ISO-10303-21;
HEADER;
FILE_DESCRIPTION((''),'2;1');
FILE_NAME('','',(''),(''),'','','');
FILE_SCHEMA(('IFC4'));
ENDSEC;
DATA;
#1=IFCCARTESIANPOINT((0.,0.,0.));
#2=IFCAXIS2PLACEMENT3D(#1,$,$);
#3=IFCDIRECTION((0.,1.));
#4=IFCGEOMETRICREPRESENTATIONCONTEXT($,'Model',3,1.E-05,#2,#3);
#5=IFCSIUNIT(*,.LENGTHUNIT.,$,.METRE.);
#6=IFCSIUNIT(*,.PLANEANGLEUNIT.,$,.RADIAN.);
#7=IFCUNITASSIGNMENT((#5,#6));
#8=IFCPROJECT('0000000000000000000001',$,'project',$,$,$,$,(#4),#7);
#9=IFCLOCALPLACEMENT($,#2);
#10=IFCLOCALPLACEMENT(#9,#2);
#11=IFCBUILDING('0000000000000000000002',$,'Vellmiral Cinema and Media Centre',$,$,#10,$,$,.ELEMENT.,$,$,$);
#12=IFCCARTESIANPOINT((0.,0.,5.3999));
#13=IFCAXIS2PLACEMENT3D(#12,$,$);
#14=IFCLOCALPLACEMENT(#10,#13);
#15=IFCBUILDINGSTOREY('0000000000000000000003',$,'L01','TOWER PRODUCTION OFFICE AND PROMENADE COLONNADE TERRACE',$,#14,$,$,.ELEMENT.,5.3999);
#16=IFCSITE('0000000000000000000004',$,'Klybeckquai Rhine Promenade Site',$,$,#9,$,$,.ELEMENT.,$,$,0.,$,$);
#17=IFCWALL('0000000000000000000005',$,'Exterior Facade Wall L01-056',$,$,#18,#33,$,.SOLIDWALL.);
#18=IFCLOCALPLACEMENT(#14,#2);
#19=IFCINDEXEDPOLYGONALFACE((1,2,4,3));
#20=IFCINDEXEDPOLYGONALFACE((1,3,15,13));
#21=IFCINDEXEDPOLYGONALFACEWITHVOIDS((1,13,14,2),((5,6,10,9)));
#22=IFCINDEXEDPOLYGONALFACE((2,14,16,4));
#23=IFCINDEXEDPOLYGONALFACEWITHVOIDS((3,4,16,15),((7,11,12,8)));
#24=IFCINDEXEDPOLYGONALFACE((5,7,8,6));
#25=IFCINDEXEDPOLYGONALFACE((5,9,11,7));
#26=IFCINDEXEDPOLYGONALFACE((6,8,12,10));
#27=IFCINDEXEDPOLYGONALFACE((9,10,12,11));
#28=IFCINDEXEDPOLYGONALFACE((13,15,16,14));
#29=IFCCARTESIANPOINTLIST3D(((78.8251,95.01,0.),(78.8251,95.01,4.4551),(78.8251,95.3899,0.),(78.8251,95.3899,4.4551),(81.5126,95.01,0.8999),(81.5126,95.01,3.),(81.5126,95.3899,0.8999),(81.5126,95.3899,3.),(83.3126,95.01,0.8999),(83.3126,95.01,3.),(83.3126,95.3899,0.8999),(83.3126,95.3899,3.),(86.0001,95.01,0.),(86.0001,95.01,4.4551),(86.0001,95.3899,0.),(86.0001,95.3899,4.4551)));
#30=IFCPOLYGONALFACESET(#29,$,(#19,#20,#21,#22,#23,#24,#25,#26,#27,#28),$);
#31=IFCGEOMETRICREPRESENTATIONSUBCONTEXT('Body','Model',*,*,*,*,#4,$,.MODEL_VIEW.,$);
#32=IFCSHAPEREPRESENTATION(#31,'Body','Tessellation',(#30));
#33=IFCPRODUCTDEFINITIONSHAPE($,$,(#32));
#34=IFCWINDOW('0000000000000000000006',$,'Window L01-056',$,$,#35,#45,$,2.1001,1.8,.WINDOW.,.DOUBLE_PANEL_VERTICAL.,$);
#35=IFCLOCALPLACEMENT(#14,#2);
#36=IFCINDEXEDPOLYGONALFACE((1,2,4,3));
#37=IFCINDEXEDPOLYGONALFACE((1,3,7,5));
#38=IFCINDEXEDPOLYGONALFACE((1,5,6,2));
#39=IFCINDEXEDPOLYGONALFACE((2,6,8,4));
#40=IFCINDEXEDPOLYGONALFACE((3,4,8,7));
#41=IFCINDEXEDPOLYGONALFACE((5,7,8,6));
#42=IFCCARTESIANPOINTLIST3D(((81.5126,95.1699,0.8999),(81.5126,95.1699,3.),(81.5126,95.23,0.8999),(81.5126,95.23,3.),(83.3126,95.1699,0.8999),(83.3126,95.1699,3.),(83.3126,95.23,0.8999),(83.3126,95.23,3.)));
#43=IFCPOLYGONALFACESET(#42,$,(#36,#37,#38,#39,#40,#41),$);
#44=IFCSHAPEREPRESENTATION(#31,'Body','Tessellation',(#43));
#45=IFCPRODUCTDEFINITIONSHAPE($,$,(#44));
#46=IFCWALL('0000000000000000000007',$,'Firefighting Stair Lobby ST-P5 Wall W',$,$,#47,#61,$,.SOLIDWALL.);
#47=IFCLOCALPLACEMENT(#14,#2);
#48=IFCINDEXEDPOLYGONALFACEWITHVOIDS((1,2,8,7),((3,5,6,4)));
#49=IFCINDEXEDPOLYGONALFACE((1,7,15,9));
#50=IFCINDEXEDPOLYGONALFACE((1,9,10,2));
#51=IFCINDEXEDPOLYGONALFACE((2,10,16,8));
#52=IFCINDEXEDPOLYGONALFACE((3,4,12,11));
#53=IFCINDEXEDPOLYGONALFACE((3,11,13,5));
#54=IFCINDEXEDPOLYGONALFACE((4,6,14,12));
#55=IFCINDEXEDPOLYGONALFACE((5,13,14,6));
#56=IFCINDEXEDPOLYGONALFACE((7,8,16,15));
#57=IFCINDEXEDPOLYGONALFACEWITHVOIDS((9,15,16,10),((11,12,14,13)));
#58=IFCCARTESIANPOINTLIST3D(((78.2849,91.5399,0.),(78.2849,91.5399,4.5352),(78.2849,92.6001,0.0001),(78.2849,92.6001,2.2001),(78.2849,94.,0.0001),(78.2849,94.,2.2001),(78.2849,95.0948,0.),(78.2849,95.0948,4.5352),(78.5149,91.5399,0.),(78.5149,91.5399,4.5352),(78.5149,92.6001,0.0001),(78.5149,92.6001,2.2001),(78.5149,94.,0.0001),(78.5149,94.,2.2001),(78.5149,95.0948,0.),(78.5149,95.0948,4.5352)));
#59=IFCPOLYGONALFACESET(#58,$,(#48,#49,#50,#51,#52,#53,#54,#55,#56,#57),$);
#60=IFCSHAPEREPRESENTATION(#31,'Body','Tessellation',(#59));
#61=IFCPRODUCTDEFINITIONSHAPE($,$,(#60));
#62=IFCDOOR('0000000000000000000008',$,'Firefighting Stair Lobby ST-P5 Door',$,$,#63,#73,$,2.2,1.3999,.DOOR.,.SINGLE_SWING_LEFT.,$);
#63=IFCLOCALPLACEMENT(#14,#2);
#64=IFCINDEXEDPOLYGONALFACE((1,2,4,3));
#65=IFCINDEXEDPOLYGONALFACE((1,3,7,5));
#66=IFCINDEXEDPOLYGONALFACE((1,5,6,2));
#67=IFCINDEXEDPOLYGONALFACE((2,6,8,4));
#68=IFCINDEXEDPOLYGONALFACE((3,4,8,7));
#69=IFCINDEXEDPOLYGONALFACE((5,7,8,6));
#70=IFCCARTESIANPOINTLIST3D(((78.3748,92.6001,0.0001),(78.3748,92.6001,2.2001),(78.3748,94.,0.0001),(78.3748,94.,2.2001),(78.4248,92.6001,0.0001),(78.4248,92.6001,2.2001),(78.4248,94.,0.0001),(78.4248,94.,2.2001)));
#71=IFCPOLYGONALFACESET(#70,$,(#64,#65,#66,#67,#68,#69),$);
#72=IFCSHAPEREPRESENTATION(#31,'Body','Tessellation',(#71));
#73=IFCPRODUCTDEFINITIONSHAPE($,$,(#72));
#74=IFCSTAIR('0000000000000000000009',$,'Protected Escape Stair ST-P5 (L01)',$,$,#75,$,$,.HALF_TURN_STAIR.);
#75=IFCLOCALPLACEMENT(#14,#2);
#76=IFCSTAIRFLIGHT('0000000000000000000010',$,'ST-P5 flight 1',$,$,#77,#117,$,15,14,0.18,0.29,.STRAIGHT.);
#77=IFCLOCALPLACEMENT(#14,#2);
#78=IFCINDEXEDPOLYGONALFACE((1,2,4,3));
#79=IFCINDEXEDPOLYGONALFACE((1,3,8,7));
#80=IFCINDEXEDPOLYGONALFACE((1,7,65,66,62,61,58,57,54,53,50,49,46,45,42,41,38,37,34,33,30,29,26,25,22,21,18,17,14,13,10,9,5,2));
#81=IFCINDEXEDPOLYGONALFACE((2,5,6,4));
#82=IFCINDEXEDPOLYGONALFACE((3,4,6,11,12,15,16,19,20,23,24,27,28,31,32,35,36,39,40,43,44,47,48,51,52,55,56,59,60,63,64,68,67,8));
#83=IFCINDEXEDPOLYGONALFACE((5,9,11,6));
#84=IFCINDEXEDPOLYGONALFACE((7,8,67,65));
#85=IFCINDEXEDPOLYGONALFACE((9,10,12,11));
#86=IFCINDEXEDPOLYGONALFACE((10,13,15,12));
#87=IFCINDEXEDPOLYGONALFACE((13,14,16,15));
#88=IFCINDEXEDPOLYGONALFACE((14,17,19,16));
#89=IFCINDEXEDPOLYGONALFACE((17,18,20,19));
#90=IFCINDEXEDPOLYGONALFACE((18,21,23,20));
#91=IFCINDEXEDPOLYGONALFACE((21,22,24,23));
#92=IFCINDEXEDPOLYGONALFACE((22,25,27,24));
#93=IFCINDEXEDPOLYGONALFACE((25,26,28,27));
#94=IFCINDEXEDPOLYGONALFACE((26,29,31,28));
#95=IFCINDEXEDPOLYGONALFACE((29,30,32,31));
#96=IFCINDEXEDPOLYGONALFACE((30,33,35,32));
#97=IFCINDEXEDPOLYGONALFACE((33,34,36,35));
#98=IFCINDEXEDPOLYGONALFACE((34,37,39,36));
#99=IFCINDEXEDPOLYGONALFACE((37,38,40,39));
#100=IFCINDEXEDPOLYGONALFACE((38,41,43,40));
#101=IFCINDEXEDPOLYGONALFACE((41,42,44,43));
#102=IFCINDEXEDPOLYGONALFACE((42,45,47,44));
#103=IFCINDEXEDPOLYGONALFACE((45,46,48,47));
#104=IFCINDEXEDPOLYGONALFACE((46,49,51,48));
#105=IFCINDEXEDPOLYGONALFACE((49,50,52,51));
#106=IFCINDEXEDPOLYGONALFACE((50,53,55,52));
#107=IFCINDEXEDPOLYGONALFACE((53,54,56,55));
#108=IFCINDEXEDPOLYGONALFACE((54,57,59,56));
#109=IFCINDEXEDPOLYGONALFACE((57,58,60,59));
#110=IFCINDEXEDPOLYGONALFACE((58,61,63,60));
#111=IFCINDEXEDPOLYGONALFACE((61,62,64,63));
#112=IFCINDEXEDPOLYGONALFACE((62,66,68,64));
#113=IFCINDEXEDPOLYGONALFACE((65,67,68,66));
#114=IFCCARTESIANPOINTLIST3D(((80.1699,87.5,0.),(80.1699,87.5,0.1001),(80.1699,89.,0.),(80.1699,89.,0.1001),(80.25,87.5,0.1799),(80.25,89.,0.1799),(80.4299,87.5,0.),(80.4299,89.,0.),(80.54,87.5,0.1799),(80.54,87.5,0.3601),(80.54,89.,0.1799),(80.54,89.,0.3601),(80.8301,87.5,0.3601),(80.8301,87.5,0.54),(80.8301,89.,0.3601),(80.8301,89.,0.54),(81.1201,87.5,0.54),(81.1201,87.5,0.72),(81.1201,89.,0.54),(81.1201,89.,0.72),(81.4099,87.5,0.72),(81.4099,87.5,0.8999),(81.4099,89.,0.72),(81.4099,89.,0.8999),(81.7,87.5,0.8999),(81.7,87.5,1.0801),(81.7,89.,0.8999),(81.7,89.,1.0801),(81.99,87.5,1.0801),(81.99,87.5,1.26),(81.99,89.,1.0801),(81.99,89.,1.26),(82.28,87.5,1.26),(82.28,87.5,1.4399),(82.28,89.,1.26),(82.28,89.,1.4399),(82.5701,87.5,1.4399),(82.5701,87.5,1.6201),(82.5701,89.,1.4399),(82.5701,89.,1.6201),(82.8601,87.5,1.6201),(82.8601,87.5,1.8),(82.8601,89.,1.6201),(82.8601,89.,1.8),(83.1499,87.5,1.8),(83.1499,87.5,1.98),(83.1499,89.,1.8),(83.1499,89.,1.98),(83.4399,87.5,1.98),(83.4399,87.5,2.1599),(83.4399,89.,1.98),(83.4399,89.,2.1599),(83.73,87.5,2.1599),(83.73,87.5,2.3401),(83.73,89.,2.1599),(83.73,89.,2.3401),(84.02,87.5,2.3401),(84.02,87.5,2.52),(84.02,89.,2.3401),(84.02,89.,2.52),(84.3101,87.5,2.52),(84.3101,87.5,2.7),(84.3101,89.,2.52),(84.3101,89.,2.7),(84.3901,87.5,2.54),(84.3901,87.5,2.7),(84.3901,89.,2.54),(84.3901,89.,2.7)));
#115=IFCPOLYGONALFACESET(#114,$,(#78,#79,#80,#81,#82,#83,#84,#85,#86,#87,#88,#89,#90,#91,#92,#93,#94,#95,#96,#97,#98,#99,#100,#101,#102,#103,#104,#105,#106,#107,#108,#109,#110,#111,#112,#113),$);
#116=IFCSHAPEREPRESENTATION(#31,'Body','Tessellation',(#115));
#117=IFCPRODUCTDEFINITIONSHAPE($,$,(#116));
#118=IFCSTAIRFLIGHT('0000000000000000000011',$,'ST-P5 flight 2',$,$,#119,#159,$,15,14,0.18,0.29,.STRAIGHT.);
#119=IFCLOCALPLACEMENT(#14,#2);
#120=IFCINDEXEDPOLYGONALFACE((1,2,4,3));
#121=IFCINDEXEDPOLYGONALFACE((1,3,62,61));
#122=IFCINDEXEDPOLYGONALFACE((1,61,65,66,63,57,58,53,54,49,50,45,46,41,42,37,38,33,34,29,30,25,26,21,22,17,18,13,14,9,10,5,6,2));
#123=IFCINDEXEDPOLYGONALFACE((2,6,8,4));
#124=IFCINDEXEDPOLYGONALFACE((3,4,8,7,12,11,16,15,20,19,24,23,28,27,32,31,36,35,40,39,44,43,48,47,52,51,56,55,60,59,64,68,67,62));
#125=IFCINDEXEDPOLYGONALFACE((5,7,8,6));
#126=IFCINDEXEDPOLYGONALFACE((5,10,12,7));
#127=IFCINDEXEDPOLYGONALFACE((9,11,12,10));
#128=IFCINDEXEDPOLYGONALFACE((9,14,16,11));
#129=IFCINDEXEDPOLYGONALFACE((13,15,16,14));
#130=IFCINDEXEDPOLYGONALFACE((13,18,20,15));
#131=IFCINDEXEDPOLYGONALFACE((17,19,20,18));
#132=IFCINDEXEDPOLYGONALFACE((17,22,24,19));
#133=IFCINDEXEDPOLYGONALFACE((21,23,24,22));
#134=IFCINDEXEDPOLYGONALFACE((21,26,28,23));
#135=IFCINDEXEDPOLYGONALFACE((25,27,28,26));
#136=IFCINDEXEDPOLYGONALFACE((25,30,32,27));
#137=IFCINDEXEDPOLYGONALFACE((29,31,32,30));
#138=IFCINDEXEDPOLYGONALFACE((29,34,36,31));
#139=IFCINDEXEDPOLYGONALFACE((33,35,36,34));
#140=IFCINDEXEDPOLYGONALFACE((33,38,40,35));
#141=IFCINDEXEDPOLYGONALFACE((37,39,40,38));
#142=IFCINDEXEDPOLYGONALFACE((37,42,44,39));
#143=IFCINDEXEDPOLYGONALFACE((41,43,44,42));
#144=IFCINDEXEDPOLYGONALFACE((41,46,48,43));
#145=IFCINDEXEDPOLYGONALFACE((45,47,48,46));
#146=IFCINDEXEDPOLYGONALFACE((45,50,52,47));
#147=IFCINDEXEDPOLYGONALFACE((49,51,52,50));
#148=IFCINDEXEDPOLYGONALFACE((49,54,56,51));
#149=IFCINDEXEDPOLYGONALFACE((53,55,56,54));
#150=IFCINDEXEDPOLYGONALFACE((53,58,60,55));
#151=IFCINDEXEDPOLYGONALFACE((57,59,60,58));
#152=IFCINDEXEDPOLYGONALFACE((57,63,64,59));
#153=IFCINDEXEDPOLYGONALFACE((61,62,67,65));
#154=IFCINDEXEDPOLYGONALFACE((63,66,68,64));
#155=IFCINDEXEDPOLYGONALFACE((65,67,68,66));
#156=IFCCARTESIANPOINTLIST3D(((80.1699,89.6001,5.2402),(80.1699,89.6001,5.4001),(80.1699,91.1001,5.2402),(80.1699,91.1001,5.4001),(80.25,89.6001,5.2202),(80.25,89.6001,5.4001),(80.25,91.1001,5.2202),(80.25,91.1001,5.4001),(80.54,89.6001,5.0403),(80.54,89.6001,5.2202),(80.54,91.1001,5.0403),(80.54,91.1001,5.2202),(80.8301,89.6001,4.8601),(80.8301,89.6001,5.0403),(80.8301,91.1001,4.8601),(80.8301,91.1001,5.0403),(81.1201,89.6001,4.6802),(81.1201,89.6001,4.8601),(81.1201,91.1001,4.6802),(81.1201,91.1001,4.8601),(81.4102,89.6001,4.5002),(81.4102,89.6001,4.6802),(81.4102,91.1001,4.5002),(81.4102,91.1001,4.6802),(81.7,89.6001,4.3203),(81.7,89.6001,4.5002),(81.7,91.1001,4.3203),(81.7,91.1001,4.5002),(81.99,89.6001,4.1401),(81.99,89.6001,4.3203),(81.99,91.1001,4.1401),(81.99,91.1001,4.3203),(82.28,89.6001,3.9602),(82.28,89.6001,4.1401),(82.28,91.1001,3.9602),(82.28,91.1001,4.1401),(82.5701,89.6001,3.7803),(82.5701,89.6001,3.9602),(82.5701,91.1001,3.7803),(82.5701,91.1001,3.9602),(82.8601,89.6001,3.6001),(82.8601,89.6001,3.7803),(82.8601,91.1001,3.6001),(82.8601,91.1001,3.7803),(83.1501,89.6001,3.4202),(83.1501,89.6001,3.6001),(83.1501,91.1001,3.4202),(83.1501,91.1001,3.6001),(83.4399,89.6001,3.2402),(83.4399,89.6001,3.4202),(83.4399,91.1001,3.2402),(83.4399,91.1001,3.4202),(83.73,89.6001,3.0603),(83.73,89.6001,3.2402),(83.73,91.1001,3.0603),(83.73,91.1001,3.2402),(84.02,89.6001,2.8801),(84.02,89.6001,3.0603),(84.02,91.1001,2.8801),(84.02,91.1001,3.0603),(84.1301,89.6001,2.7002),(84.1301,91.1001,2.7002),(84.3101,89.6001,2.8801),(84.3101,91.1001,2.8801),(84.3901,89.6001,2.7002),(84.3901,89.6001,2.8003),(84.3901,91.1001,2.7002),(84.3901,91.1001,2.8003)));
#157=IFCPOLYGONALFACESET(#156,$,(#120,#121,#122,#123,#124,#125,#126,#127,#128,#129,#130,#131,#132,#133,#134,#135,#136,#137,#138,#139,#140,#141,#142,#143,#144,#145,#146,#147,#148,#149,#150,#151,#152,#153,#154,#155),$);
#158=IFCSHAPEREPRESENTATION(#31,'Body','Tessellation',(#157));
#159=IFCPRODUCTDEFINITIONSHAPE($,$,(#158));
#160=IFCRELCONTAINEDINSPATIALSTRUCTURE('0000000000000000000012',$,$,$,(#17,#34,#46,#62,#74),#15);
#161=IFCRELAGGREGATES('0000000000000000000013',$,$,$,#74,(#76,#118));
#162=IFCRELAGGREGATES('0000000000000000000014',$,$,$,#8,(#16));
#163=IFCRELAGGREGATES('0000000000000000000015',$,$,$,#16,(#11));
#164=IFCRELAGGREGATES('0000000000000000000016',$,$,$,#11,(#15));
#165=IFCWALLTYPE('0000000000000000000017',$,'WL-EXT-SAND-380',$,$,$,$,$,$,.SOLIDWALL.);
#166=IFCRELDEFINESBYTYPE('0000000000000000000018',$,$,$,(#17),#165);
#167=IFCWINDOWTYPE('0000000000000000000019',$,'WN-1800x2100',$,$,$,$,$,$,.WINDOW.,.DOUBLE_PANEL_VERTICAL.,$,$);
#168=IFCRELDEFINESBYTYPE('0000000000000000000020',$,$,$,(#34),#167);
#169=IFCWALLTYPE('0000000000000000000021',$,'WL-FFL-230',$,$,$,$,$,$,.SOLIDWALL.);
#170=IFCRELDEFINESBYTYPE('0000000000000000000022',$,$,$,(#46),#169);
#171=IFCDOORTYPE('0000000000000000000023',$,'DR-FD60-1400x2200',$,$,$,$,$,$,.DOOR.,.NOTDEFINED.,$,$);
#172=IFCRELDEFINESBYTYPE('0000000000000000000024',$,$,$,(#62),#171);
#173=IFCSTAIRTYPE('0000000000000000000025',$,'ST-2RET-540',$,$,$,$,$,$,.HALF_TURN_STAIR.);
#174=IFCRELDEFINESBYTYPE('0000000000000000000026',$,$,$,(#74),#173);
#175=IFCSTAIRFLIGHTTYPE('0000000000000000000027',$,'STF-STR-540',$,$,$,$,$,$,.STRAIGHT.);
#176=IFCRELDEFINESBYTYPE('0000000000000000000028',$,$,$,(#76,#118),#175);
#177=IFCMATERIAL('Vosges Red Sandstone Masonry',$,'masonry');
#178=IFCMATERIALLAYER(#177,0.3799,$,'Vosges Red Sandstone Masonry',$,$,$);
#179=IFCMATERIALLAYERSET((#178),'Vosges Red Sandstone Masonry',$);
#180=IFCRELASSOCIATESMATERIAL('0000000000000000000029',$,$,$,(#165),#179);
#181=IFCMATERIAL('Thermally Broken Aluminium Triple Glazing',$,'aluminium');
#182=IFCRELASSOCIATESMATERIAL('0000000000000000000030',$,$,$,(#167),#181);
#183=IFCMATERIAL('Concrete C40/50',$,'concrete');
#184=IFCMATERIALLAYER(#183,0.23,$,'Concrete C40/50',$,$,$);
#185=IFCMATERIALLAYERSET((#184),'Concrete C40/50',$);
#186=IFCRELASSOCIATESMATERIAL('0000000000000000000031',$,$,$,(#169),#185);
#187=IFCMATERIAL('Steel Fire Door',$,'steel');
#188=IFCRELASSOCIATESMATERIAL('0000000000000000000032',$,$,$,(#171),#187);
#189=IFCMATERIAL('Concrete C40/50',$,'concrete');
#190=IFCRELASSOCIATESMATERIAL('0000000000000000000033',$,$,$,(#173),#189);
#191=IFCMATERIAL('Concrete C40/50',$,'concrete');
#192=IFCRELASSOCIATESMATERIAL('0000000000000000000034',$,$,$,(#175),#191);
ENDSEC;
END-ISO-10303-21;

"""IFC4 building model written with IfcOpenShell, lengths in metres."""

from ifc_helpers import new_model, si_unit, direction, frame, frame_2d, origin, place, context, subcontext, project, spatial, polyline, rectangle, outline, extrude, material, layer, layer_set, type_object, element, fill, aggregate, save


model = new_model("IFC4")

# Units and contexts
model_context = context("Model", 3, precision=1e-05, world=origin(), true_north=direction((0.0, 1.0)))
body_context = subcontext(model_context, "Body", "Model", "MODEL_VIEW")
ifc_project = project(units=[si_unit("LENGTHUNIT", "METRE"), si_unit("PLANEANGLEUNIT", "RADIAN")], contexts=[model_context])

# Site, building, storey
site_placement = place(None, origin())
site = spatial("IfcSite", under=ifc_project, at=site_placement, Name="Klybeckquai Rhine Promenade Site", CompositionType="ELEMENT", RefElevation=0.0)
building_placement = place(site_placement, origin())
building = spatial("IfcBuilding", under=site, at=building_placement, Name="Vellmiral Cinema and Media Centre", CompositionType="ELEMENT")
storey_placement = place(building_placement, frame((0.0, 0.0, 5.3999)))
storey = spatial("IfcBuildingStorey", under=building, at=storey_placement, Name="L01", Description="TOWER PRODUCTION OFFICE AND PROMENADE COLONNADE TERRACE", CompositionType="ELEMENT", Elevation=5.3999)

# Wall, opening, window
ifc_material_1 = material(Name="Vosges Red Sandstone Masonry", Category="masonry")
ifc_layer_1 = layer(ifc_material_1, 0.3799, Name="Vosges Red Sandstone Masonry")
ifc_layer_set_1 = layer_set([ifc_layer_1], Name="Vosges Red Sandstone Masonry")
wall_type_1 = type_object("IfcWallType", Name="WL-EXT-SAND-380", PredefinedType="SOLIDWALL", material=ifc_layer_set_1)
wall_1_placement = place(storey_placement, frame((86.0, 95.2, 0.0), z_axis=(0.0, 0.0, 1.0), x_axis=(-1.0, 0.0, 0.0)))
wall_1 = element("IfcWall", 1, at=wall_1_placement, inside=storey, type_object=wall_type_1, Name="Exterior Facade Wall L01-056", PredefinedType="SOLIDWALL", context=body_context, shape_type="SweptSolid", body=[
    extrude(rectangle(XDim=7.175, YDim=0.3799, at=frame_2d((3.5874, 0.0))), origin(), (0.0, 0.0, 1.0), 4.4551),
])
opening_1_placement = place(wall_1_placement, frame((2.6875, 0.0, 0.8999)))
opening_1 = element("IfcOpeningElement", 2, at=opening_1_placement, cuts=wall_1, PredefinedType="OPENING", context=body_context, shape_type="SweptSolid", body=[
    extrude(rectangle(XDim=1.8, YDim=2.1001, at=frame_2d((0.8999, 1.05))), frame((0.0, 0.2019, 0.0), z_axis=(0.0, -1.0, 0.0), x_axis=(1.0, 0.0, 0.0)), (0.0, 0.0, 1.0), 0.4038),
])
ifc_material_2 = material(Name="Thermally Broken Aluminium Triple Glazing", Category="aluminium")
window_type = type_object("IfcWindowType", Name="WN-1800x2100", PartitioningType="DOUBLE_PANEL_VERTICAL", PredefinedType="WINDOW", material=ifc_material_2)
window_placement = place(opening_1_placement, origin())
window = element("IfcWindow", 3, at=window_placement, inside=storey, type_object=window_type, Name="Window L01-056", OverallHeight=2.1001, OverallWidth=1.8, PartitioningType="DOUBLE_PANEL_VERTICAL", PredefinedType="WINDOW", context=body_context, shape_type="SweptSolid", body=[
    extrude(rectangle(XDim=1.8, YDim=2.1001, at=frame_2d((0.8999, 1.05))), frame((0.0, 0.03, 0.0), z_axis=(0.0, -1.0, 0.0), x_axis=(1.0, 0.0, 0.0)), (0.0, 0.0, 1.0), 0.0601),
])
fill(opening_1, window)

# Wall, opening, door
ifc_material_3 = material(Name="Concrete C40/50", Category="concrete")
ifc_layer_2 = layer(ifc_material_3, 0.23, Name="Concrete C40/50")
ifc_layer_set_2 = layer_set([ifc_layer_2], Name="Concrete C40/50")
wall_type_2 = type_object("IfcWallType", Name="WL-FFL-230", PredefinedType="SOLIDWALL", material=ifc_layer_set_2)
wall_2_placement = place(storey_placement, frame((78.3999, 91.54, 0.0), z_axis=(0.0, 0.0, 1.0), x_axis=(0.0, 1.0, 0.0)))
wall_2 = element("IfcWall", 4, at=wall_2_placement, inside=storey, type_object=wall_type_2, Name="Firefighting Stair Lobby ST-P5 Wall W", PredefinedType="SOLIDWALL", context=body_context, shape_type="SweptSolid", body=[
    extrude(rectangle(XDim=3.5549, YDim=0.23, at=frame_2d((1.7773, 0.0))), origin(), (0.0, 0.0, 1.0), 4.5352),
])
opening_2_placement = place(wall_2_placement, frame((1.0601, 0.0, 0.0)))
opening_2 = element("IfcOpeningElement", 5, at=opening_2_placement, cuts=wall_2, PredefinedType="OPENING", context=body_context, shape_type="SweptSolid", body=[
    extrude(rectangle(XDim=1.3999, YDim=2.2, at=frame_2d((0.7, 1.1001))), frame((0.0, 0.127, 0.0), z_axis=(0.0, -1.0, 0.0), x_axis=(1.0, 0.0, 0.0)), (0.0, 0.0, 1.0), 0.2539),
])
ifc_material_4 = material(Name="Steel Fire Door", Category="steel")
door_type_1 = type_object("IfcDoorType", Name="DR-FD60-1400x2200", OperationType="NOTDEFINED", PredefinedType="DOOR", material=ifc_material_4)
door_1_placement = place(opening_2_placement, frame((1.3999, 0.0, 0.0), z_axis=(0.0, 0.0, 1.0), x_axis=(-1.0, 0.0, 0.0)))
door_1 = element("IfcDoor", 6, at=door_1_placement, inside=storey, type_object=door_type_1, Name="Firefighting Stair Lobby ST-P5 Door", OperationType="SINGLE_SWING_LEFT", OverallHeight=2.2, OverallWidth=1.3999, PredefinedType="DOOR", context=body_context, shape_type="SweptSolid", body=[
    extrude(rectangle(XDim=1.3999, YDim=2.2, at=frame_2d((0.7, 1.1001))), frame((0.0, 0.0249, 0.0), z_axis=(0.0, -1.0, 0.0), x_axis=(1.0, 0.0, 0.0)), (0.0, 0.0, 1.0), 0.05),
])
fill(opening_2, door_1)

# Stair, stair flights
ifc_material_5 = material(Name="Concrete C40/50", Category="concrete")
stair_type = type_object("IfcStairType", Name="ST-2RET-540", PredefinedType="HALF_TURN_STAIR", material=ifc_material_5)
stair_placement = place(storey_placement, origin())
stair = element("IfcStair", 7, at=stair_placement, inside=storey, type_object=stair_type, Name="Protected Escape Stair ST-P5 (L01)", PredefinedType="HALF_TURN_STAIR")
ifc_material_6 = material(Name="Concrete C40/50", Category="concrete")
stair_flight_type = type_object("IfcStairFlightType", Name="STF-STR-540", PredefinedType="STRAIGHT", material=ifc_material_6)
stair_flight_1_placement = place(storey_placement, frame((80.25, 88.25, 0.0), z_axis=(0.0, 0.0, 1.0), x_axis=(1.0, 0.0, 0.0)))
stair_flight_1 = element("IfcStairFlight", 8, at=stair_flight_1_placement, type_object=stair_flight_type, Name="ST-P5 flight 1", NumberOfRisers=15, NumberOfTreads=14, PredefinedType="STRAIGHT", RiserHeight=0.18, TreadLength=0.29, context=body_context, shape_type="SweptSolid", body=[
    extrude(outline(polyline([(-0.0801, 0.0), (-0.0801, 0.1001), (0.0, 0.1799), (0.29, 0.1799), (0.29, 0.3601), (0.5801, 0.3601), (0.5801, 0.54), (0.8701, 0.54), (0.8701, 0.72), (1.1599, 0.72), (1.1599, 0.8999), (1.45, 0.8999), (1.45, 1.0801), (1.74, 1.0801), (1.74, 1.26), (2.03, 1.26), (2.03, 1.4399), (2.3201, 1.4399), (2.3201, 1.6201), (2.6101, 1.6201), (2.6101, 1.8), (2.8999, 1.8), (2.8999, 1.98), (3.1899, 1.98), (3.1899, 2.1599), (3.48, 2.1599), (3.48, 2.3401), (3.77, 2.3401), (3.77, 2.52), (4.0601, 2.52), (4.0601, 2.7), (4.1401, 2.7), (4.1401, 2.54), (0.1799, 0.0), (-0.0801, 0.0)])), frame((0.0, 0.75, 0.0), z_axis=(0.0, -1.0, 0.0), x_axis=(1.0, 0.0, 0.0)), (0.0, 0.0, 1.0), 1.5),
])
stair_flight_2_placement = place(storey_placement, frame((84.3101, 90.3501, 2.7002), z_axis=(0.0, 0.0, 1.0), x_axis=(-1.0, 0.0, 0.0)))
stair_flight_2 = element("IfcStairFlight", 9, at=stair_flight_2_placement, type_object=stair_flight_type, Name="ST-P5 flight 2", NumberOfRisers=15, NumberOfTreads=14, PredefinedType="STRAIGHT", RiserHeight=0.18, TreadLength=0.29, context=body_context, shape_type="SweptSolid", body=[
    extrude(outline(polyline([(-0.0801, 0.0), (-0.0801, 0.1001), (0.0, 0.1799), (0.29, 0.1799), (0.29, 0.3601), (0.5801, 0.3601), (0.5801, 0.54), (0.8701, 0.54), (0.8701, 0.72), (1.1599, 0.72), (1.1599, 0.8999), (1.45, 0.8999), (1.45, 1.0801), (1.74, 1.0801), (1.74, 1.26), (2.03, 1.26), (2.03, 1.4399), (2.3201, 1.4399), (2.3201, 1.6201), (2.6101, 1.6201), (2.6101, 1.8), (2.8999, 1.8), (2.8999, 1.98), (3.1899, 1.98), (3.1899, 2.1599), (3.48, 2.1599), (3.48, 2.3401), (3.77, 2.3401), (3.77, 2.52), (4.0601, 2.52), (4.0601, 2.7), (4.1401, 2.7), (4.1401, 2.54), (0.1799, 0.0), (-0.0801, 0.0)])), frame((0.0, 0.75, 0.0), z_axis=(0.0, -1.0, 0.0), x_axis=(1.0, 0.0, 0.0)), (0.0, 0.0, 1.0), 1.5),
])
aggregate(stair, [stair_flight_1, stair_flight_2])

save(model, "model.ifc")
